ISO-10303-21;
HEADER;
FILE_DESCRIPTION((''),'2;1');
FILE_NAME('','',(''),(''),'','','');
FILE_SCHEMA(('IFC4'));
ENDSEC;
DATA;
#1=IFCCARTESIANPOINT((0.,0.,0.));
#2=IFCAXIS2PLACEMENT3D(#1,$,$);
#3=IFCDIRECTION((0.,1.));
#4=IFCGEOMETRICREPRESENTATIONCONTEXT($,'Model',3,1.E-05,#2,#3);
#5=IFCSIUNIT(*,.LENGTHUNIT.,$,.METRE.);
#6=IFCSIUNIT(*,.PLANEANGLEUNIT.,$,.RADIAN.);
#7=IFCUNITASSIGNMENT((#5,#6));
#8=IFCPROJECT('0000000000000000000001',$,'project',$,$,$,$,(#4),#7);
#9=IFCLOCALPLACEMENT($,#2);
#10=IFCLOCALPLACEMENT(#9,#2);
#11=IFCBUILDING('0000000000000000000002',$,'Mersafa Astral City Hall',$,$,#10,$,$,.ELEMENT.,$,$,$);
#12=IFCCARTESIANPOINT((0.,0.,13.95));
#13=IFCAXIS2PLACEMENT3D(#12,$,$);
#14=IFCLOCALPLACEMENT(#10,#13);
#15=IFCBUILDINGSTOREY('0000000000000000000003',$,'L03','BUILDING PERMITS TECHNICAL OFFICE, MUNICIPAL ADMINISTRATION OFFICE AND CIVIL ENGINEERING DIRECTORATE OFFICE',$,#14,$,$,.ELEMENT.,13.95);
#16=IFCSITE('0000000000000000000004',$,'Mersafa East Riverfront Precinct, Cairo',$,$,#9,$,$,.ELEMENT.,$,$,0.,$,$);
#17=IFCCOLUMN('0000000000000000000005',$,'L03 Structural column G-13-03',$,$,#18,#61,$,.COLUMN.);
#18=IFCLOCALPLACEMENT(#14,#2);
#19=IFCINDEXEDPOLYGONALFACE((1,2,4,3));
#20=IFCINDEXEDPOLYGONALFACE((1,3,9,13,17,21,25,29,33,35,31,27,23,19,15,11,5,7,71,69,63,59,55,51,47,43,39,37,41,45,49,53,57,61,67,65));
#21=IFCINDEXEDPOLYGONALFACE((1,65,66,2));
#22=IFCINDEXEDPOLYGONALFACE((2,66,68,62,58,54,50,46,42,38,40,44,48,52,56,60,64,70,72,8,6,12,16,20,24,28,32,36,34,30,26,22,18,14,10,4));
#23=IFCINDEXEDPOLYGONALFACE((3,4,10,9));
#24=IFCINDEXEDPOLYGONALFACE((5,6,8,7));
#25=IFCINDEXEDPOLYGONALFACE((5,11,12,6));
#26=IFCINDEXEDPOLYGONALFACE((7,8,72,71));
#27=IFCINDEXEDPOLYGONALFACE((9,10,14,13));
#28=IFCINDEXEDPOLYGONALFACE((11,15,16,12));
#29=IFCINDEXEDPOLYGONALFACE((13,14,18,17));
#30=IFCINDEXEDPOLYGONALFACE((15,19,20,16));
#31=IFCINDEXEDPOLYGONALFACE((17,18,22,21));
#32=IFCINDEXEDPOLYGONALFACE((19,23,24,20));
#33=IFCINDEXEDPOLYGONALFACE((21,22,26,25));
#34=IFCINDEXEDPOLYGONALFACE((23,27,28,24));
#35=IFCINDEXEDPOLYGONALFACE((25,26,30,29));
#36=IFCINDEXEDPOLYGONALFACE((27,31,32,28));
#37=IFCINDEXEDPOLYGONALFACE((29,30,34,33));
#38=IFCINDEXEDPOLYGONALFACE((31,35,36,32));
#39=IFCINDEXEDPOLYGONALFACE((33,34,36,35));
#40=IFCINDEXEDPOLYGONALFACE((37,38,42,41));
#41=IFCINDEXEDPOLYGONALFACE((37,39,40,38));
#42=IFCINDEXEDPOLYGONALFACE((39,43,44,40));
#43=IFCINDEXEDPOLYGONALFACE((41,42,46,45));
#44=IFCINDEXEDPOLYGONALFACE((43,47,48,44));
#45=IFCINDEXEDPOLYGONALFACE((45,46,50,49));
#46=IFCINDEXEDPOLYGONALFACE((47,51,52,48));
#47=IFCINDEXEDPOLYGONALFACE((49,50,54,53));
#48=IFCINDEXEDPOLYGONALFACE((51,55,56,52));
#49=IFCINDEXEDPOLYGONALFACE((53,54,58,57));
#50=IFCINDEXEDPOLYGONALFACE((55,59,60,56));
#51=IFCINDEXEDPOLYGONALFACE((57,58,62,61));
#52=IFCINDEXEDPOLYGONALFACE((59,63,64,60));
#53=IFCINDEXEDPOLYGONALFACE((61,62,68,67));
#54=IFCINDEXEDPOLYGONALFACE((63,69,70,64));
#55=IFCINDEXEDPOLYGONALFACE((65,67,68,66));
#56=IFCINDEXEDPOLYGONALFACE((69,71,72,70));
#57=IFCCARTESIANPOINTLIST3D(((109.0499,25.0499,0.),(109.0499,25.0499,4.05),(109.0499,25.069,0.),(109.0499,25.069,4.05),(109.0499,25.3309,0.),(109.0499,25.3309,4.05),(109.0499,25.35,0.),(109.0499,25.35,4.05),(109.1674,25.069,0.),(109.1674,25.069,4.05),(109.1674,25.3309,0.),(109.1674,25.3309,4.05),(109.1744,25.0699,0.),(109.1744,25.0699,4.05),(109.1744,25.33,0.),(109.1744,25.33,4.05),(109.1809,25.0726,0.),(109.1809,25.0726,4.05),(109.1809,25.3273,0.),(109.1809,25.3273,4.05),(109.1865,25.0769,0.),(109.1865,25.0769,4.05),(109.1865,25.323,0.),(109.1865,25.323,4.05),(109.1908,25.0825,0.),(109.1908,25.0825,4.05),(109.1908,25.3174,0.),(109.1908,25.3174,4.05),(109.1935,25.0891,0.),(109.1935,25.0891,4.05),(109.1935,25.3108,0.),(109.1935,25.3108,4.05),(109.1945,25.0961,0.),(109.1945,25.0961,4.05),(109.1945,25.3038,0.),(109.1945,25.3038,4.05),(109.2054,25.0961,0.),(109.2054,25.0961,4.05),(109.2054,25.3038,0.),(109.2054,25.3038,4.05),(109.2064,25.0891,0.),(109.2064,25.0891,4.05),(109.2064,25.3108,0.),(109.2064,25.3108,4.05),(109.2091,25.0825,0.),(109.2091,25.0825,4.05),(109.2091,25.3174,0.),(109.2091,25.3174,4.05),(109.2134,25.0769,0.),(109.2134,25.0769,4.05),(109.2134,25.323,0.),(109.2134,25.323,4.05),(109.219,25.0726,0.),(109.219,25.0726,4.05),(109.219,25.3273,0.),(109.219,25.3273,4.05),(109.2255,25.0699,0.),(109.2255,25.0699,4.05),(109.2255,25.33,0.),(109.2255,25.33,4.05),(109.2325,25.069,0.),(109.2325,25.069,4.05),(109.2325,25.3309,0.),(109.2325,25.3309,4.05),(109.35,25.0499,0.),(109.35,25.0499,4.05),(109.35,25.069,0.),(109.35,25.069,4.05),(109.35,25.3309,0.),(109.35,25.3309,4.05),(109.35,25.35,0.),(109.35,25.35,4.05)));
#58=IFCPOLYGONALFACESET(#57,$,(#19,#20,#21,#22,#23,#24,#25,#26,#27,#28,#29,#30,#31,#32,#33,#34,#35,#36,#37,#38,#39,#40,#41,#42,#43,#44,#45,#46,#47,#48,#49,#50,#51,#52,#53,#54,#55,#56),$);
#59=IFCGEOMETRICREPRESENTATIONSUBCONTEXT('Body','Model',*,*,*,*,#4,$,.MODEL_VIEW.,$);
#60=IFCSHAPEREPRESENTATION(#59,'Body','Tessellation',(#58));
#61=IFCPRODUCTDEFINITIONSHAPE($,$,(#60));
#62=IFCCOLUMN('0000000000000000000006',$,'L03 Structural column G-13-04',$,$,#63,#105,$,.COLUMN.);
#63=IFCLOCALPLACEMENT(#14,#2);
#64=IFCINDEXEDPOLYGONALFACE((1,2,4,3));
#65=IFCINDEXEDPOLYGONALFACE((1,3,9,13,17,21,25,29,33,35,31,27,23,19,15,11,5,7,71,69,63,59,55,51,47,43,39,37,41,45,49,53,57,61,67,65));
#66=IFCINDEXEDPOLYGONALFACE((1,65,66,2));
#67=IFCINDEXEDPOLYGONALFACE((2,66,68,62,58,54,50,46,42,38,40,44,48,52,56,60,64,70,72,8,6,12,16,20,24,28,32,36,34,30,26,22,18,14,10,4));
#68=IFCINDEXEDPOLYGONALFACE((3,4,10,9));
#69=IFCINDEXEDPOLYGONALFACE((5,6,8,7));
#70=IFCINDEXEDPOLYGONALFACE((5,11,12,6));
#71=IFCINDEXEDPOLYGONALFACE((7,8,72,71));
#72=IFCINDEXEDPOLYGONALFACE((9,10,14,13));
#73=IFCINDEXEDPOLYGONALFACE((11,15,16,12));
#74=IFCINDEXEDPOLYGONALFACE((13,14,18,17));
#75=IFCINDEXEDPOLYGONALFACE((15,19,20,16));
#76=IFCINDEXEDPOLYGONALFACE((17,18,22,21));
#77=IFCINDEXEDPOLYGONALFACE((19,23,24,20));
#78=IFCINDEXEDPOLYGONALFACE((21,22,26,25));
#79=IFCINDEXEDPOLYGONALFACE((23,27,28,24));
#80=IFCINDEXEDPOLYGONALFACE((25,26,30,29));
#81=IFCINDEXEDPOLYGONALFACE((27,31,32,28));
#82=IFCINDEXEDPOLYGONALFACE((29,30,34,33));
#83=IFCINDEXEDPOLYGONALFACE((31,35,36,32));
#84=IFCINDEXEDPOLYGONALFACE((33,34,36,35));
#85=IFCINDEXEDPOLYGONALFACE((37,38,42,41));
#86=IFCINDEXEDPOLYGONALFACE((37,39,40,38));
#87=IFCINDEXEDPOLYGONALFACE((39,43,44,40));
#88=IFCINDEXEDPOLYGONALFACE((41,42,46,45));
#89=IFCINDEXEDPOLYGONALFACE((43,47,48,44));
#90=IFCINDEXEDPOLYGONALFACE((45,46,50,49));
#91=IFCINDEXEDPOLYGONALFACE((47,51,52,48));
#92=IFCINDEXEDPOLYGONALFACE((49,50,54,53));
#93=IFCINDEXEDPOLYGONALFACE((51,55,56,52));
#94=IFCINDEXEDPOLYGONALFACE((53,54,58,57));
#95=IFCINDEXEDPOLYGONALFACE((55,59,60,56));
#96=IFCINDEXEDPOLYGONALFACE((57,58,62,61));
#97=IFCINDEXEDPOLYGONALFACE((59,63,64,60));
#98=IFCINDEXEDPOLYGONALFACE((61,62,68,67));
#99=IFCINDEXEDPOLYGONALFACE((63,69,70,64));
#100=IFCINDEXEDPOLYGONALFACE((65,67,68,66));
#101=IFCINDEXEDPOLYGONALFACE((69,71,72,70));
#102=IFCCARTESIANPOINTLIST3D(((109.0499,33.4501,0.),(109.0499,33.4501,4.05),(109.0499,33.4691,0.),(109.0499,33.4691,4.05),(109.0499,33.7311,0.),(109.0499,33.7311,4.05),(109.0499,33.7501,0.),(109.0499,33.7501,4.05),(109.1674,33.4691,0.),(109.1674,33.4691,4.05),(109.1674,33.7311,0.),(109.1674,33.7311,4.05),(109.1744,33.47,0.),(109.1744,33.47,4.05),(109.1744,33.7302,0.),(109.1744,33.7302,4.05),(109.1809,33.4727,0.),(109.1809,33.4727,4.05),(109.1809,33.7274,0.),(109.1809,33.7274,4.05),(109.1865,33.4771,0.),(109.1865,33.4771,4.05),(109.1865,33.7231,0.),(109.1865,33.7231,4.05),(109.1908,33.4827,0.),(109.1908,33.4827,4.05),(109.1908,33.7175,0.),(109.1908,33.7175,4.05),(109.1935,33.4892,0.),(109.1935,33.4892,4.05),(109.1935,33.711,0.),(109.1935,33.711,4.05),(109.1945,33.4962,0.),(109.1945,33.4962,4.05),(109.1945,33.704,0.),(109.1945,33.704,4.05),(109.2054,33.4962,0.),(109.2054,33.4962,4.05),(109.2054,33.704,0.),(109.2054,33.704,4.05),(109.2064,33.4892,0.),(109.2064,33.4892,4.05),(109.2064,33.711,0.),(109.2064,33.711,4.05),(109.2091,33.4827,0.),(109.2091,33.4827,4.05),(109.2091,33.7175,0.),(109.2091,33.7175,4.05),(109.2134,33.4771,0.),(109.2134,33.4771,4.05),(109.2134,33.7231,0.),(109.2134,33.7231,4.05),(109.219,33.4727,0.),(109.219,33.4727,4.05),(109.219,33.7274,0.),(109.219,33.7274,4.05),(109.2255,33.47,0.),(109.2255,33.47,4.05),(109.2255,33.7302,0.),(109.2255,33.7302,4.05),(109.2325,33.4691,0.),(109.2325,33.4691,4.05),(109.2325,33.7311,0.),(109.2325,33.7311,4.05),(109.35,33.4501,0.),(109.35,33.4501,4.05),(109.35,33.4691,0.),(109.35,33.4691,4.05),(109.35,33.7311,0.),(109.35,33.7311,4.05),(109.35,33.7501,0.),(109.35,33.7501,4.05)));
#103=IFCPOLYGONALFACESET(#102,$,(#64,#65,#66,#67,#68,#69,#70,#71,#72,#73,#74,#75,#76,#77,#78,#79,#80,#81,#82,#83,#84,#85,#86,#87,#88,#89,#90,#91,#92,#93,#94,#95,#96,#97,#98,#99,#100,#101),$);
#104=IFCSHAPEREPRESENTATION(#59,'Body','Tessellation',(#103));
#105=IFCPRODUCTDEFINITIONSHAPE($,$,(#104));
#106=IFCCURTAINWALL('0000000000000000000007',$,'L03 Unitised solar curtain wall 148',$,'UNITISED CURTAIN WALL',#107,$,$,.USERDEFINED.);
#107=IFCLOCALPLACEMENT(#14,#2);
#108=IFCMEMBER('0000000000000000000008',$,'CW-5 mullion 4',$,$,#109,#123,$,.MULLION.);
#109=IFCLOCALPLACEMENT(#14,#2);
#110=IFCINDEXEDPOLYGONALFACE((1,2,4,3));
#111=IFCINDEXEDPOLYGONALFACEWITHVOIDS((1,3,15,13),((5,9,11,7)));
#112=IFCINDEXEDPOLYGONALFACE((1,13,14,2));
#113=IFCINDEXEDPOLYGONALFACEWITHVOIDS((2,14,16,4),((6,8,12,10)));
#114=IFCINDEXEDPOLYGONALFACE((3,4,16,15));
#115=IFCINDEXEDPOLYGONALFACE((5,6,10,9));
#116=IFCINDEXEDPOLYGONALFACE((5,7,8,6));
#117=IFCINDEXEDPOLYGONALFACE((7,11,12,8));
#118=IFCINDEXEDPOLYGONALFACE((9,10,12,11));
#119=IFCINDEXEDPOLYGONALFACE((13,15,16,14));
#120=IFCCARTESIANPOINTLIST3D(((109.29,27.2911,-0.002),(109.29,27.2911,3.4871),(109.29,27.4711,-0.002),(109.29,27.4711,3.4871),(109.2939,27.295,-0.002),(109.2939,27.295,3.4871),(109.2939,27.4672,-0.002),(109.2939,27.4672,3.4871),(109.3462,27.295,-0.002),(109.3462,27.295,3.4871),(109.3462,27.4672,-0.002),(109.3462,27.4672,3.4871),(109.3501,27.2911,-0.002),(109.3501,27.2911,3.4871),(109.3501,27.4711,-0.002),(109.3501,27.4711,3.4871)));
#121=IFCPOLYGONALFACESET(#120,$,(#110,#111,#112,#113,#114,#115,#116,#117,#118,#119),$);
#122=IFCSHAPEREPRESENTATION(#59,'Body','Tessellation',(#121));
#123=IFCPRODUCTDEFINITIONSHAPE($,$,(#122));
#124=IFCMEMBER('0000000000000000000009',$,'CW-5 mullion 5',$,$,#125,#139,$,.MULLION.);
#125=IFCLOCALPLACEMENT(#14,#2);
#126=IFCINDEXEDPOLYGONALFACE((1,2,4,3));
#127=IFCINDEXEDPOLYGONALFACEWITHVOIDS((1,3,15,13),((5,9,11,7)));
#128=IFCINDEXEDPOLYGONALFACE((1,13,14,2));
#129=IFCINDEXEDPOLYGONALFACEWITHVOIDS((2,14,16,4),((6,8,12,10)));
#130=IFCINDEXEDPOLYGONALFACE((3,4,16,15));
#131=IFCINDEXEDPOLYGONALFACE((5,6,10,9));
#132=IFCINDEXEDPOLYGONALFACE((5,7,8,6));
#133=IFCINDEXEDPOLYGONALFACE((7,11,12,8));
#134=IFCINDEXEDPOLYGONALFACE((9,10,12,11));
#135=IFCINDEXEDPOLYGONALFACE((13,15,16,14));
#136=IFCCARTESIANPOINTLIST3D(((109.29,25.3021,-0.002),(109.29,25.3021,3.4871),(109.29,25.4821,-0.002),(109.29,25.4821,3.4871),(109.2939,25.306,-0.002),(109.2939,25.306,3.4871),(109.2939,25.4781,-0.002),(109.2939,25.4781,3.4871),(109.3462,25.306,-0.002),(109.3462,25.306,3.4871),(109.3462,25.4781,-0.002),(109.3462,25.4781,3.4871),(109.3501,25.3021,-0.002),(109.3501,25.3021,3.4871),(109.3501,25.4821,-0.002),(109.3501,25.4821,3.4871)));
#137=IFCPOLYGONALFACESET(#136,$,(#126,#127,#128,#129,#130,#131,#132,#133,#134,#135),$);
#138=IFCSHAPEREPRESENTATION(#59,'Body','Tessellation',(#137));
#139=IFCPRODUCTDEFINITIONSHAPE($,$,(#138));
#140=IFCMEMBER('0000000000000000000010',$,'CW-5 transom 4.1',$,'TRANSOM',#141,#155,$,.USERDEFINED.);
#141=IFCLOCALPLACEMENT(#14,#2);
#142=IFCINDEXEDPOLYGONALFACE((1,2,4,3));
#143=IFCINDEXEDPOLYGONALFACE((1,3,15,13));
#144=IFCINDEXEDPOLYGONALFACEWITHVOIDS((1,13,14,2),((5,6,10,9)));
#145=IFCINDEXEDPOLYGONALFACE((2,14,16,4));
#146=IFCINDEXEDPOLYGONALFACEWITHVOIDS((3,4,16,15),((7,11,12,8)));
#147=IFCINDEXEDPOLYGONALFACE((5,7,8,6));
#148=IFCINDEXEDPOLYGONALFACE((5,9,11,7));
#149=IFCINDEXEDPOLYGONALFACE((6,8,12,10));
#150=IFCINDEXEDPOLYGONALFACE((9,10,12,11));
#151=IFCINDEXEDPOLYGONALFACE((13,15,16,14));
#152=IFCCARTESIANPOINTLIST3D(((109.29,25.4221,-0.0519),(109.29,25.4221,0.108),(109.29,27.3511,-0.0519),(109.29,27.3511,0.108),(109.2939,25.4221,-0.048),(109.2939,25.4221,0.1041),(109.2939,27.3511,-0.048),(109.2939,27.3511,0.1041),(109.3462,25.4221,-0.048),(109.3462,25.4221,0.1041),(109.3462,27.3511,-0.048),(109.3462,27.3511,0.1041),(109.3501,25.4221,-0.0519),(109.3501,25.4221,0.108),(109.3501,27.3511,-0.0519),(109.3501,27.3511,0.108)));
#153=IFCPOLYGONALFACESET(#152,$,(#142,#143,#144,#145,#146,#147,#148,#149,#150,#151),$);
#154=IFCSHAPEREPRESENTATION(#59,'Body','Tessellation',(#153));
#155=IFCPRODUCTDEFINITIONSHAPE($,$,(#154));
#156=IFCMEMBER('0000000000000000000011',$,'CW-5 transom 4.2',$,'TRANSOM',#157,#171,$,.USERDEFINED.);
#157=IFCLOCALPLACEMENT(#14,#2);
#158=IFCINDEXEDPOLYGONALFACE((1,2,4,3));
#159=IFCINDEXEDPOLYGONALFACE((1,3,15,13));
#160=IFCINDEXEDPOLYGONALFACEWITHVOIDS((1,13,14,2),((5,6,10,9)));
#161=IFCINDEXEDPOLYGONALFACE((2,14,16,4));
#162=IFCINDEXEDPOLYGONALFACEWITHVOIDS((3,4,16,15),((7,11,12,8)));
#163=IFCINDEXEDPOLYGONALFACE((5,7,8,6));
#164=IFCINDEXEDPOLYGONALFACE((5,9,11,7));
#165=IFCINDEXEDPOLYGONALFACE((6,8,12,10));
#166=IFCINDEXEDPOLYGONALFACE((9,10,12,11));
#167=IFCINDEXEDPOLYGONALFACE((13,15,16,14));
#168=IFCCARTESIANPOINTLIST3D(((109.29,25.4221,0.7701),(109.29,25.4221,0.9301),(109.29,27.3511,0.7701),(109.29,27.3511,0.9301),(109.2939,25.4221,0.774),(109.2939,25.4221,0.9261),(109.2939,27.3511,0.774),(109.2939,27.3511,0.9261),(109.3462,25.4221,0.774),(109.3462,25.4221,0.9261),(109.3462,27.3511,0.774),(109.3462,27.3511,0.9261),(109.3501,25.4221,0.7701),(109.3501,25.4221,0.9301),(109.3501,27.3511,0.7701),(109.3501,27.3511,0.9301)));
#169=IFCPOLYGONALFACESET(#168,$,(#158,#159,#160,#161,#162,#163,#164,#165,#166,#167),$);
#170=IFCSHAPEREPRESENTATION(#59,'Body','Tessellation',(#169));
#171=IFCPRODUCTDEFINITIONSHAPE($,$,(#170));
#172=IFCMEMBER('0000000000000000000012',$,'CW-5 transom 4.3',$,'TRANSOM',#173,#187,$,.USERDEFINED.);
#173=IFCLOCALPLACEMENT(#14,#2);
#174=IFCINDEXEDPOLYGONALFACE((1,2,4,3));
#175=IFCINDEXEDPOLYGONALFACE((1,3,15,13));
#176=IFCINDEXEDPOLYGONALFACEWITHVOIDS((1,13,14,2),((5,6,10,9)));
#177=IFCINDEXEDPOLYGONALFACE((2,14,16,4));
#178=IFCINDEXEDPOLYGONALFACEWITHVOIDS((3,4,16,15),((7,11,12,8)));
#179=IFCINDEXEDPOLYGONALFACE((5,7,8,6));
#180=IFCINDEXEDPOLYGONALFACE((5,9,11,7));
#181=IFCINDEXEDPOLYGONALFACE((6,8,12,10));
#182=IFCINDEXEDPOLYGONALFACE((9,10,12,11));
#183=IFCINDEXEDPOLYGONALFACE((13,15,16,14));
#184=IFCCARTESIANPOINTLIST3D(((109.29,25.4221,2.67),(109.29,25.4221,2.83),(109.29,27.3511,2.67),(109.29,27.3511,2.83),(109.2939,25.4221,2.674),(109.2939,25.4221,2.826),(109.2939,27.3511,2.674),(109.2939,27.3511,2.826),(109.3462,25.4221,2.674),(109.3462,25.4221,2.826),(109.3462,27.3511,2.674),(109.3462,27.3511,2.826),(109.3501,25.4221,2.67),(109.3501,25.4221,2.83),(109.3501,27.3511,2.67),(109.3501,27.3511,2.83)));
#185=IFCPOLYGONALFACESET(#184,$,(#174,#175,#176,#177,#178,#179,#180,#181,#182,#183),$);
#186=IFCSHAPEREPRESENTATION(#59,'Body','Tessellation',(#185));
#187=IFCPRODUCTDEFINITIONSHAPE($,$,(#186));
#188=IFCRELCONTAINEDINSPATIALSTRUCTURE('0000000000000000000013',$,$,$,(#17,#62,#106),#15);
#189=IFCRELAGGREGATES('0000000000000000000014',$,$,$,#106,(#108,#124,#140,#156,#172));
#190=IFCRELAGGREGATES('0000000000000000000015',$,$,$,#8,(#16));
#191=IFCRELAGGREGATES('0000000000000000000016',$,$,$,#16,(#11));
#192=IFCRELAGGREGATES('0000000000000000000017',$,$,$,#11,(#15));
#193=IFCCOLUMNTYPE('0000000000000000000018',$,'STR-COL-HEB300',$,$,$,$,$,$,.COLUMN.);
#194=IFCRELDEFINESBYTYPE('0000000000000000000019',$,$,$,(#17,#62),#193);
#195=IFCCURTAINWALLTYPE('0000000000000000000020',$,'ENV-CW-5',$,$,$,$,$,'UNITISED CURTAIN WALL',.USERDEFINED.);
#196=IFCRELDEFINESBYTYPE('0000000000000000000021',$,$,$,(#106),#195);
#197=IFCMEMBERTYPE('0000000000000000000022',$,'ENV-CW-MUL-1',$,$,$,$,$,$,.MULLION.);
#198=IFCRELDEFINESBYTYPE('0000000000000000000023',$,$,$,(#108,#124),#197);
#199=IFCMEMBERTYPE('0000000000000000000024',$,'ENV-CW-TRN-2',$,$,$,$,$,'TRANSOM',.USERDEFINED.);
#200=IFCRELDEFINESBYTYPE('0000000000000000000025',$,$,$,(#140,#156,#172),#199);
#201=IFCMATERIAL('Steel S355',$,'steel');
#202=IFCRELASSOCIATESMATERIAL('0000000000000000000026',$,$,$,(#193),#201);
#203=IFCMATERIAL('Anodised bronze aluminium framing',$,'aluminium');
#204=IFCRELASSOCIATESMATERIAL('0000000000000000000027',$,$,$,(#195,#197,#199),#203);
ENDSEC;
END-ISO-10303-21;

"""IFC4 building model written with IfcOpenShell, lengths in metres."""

from ifc_helpers import new_model, si_unit, direction, frame, origin, origin_2d, place, context, subcontext, project, spatial, hollow_rectangle, i_section, extrude, material, material_profile, profile_set, type_object, element, aggregate, save


model = new_model("IFC4")

# Units and contexts
model_context = context("Model", 3, precision=1e-05, world=origin(), true_north=direction((0.0, 1.0)))
body_context = subcontext(model_context, "Body", "Model", "MODEL_VIEW")
ifc_project = project(units=[si_unit("LENGTHUNIT", "METRE"), si_unit("PLANEANGLEUNIT", "RADIAN")], contexts=[model_context])

# Site, building, storey
site_placement = place(None, origin())
site = spatial("IfcSite", under=ifc_project, at=site_placement, Name="Mersafa East Riverfront Precinct, Cairo", CompositionType="ELEMENT", RefElevation=0.0)
building_placement = place(site_placement, origin())
building = spatial("IfcBuilding", under=site, at=building_placement, Name="Mersafa Astral City Hall", CompositionType="ELEMENT")
storey_placement = place(building_placement, frame((0.0, 0.0, 13.95)))
storey = spatial("IfcBuildingStorey", under=building, at=storey_placement, Name="L03", Description="BUILDING PERMITS TECHNICAL OFFICE, MUNICIPAL ADMINISTRATION OFFICE AND CIVIL ENGINEERING DIRECTORATE OFFICE", CompositionType="ELEMENT", Elevation=13.95)

# Columns
ifc_material_1 = material(Name="Steel S355", Category="steel")
ifc_material_profile_1 = material_profile(ifc_material_1, i_section(OverallWidth=0.3, OverallDepth=0.3, WebThickness=0.011, FlangeThickness=0.019, FilletRadius=0.0271, at=origin_2d()), Name="HEB 300")
ifc_profile_set_1 = profile_set([ifc_material_profile_1], Name="Steel S355")
column_type = type_object("IfcColumnType", Name="STR-COL-HEB300", PredefinedType="COLUMN", material=ifc_profile_set_1)
for number, where, z_axis, x_axis, name in (
    (1, (109.2, 25.2, 0.0), (0.0, 0.0, 1.0), (1.0, 0.0, 0.0), "L03 Structural column G-13-03"),
    (2, (109.2, 33.6001, 0.0), (0.0, 0.0, 1.0), (1.0, 0.0, 0.0), "L03 Structural column G-13-04"),
):
    element("IfcColumn", number, at=place(storey_placement, frame(where, z_axis=z_axis, x_axis=x_axis)), inside=storey, type_object=column_type, Name=name, PredefinedType="COLUMN", context=body_context, shape_type="SweptSolid", body=[
        extrude(i_section(OverallWidth=0.3, OverallDepth=0.3, WebThickness=0.011, FlangeThickness=0.019, FilletRadius=0.0271, at=origin_2d()), origin(), (0.0, 0.0, 1.0), 4.05),
    ])

# Curtain wall, members
ifc_material_2 = material(Name="Anodised bronze aluminium framing", Category="aluminium")
curtain_wall_type = type_object("IfcCurtainWallType", Name="ENV-CW-5", ElementType="UNITISED CURTAIN WALL", PredefinedType="USERDEFINED", material=ifc_material_2)
curtain_wall_placement = place(storey_placement, origin())
curtain_wall = element("IfcCurtainWall", 3, at=curtain_wall_placement, inside=storey, type_object=curtain_wall_type, Name="L03 Unitised solar curtain wall 148", ObjectType="UNITISED CURTAIN WALL", PredefinedType="USERDEFINED")
ifc_material_profile_2 = material_profile(ifc_material_2, hollow_rectangle(XDim=0.0601, YDim=0.1799, WallThickness=0.0039, at=origin_2d()), Name="RHS 60x180x4")
ifc_profile_set_2 = profile_set([ifc_material_profile_2], Name="Anodised bronze aluminium framing")
member_type_1 = type_object("IfcMemberType", Name="ENV-CW-MUL-1", PredefinedType="MULLION", material=ifc_profile_set_2)
member_1_placement = place(storey_placement, frame((109.3201, 27.3811, -0.002), z_axis=(0.0, 0.0, 1.0), x_axis=(1.0, 0.0, 0.0)))
member_1 = element("IfcMember", 4, at=member_1_placement, type_object=member_type_1, Name="CW-5 mullion 4", PredefinedType="MULLION", context=body_context, shape_type="SweptSolid", body=[
    extrude(hollow_rectangle(XDim=0.0601, YDim=0.1799, WallThickness=0.0039, at=origin_2d()), origin(), (0.0, 0.0, 1.0), 3.489),
])
member_2_placement = place(storey_placement, frame((109.3201, 25.3921, -0.002), z_axis=(0.0, 0.0, 1.0), x_axis=(1.0, 0.0, 0.0)))
member_2 = element("IfcMember", 5, at=member_2_placement, type_object=member_type_1, Name="CW-5 mullion 5", PredefinedType="MULLION", context=body_context, shape_type="SweptSolid", body=[
    extrude(hollow_rectangle(XDim=0.0601, YDim=0.1799, WallThickness=0.0039, at=origin_2d()), origin(), (0.0, 0.0, 1.0), 3.489),
])
ifc_material_profile_3 = material_profile(ifc_material_2, hollow_rectangle(XDim=0.0601, YDim=0.1599, WallThickness=0.0039, at=origin_2d()), Name="RHS 60x160x4")
ifc_profile_set_3 = profile_set([ifc_material_profile_3], Name="Anodised bronze aluminium framing")
member_type_2 = type_object("IfcMemberType", Name="ENV-CW-TRN-2", ElementType="TRANSOM", PredefinedType="USERDEFINED", material=ifc_profile_set_3)
member_3_placement = place(storey_placement, frame((109.3201, 27.3511, 0.0281), z_axis=(0.0, -1.0, 0.0), x_axis=(1.0, 0.0, 0.0)))
member_3 = element("IfcMember", 6, at=member_3_placement, type_object=member_type_2, Name="CW-5 transom 4.1", ObjectType="TRANSOM", PredefinedType="USERDEFINED", context=body_context, shape_type="SweptSolid", body=[
    extrude(hollow_rectangle(XDim=0.0601, YDim=0.1599, WallThickness=0.0039, at=origin_2d()), origin(), (0.0, 0.0, 1.0), 1.929),
])
member_4_placement = place(storey_placement, frame((109.3201, 27.3511, 0.8501), z_axis=(0.0, -1.0, 0.0), x_axis=(1.0, 0.0, 0.0)))
member_4 = element("IfcMember", 7, at=member_4_placement, type_object=member_type_2, Name="CW-5 transom 4.2", ObjectType="TRANSOM", PredefinedType="USERDEFINED", context=body_context, shape_type="SweptSolid", body=[
    extrude(hollow_rectangle(XDim=0.0601, YDim=0.1599, WallThickness=0.0039, at=origin_2d()), origin(), (0.0, 0.0, 1.0), 1.929),
])
member_5_placement = place(storey_placement, frame((109.3201, 27.3511, 2.75), z_axis=(0.0, -1.0, 0.0), x_axis=(1.0, 0.0, 0.0)))
member_5 = element("IfcMember", 8, at=member_5_placement, type_object=member_type_2, Name="CW-5 transom 4.3", ObjectType="TRANSOM", PredefinedType="USERDEFINED", context=body_context, shape_type="SweptSolid", body=[
    extrude(hollow_rectangle(XDim=0.0601, YDim=0.1599, WallThickness=0.0039, at=origin_2d()), origin(), (0.0, 0.0, 1.0), 1.929),
])

aggregate(curtain_wall, [member_1, member_2, member_3, member_4, member_5])

save(model, "model.ifc")
